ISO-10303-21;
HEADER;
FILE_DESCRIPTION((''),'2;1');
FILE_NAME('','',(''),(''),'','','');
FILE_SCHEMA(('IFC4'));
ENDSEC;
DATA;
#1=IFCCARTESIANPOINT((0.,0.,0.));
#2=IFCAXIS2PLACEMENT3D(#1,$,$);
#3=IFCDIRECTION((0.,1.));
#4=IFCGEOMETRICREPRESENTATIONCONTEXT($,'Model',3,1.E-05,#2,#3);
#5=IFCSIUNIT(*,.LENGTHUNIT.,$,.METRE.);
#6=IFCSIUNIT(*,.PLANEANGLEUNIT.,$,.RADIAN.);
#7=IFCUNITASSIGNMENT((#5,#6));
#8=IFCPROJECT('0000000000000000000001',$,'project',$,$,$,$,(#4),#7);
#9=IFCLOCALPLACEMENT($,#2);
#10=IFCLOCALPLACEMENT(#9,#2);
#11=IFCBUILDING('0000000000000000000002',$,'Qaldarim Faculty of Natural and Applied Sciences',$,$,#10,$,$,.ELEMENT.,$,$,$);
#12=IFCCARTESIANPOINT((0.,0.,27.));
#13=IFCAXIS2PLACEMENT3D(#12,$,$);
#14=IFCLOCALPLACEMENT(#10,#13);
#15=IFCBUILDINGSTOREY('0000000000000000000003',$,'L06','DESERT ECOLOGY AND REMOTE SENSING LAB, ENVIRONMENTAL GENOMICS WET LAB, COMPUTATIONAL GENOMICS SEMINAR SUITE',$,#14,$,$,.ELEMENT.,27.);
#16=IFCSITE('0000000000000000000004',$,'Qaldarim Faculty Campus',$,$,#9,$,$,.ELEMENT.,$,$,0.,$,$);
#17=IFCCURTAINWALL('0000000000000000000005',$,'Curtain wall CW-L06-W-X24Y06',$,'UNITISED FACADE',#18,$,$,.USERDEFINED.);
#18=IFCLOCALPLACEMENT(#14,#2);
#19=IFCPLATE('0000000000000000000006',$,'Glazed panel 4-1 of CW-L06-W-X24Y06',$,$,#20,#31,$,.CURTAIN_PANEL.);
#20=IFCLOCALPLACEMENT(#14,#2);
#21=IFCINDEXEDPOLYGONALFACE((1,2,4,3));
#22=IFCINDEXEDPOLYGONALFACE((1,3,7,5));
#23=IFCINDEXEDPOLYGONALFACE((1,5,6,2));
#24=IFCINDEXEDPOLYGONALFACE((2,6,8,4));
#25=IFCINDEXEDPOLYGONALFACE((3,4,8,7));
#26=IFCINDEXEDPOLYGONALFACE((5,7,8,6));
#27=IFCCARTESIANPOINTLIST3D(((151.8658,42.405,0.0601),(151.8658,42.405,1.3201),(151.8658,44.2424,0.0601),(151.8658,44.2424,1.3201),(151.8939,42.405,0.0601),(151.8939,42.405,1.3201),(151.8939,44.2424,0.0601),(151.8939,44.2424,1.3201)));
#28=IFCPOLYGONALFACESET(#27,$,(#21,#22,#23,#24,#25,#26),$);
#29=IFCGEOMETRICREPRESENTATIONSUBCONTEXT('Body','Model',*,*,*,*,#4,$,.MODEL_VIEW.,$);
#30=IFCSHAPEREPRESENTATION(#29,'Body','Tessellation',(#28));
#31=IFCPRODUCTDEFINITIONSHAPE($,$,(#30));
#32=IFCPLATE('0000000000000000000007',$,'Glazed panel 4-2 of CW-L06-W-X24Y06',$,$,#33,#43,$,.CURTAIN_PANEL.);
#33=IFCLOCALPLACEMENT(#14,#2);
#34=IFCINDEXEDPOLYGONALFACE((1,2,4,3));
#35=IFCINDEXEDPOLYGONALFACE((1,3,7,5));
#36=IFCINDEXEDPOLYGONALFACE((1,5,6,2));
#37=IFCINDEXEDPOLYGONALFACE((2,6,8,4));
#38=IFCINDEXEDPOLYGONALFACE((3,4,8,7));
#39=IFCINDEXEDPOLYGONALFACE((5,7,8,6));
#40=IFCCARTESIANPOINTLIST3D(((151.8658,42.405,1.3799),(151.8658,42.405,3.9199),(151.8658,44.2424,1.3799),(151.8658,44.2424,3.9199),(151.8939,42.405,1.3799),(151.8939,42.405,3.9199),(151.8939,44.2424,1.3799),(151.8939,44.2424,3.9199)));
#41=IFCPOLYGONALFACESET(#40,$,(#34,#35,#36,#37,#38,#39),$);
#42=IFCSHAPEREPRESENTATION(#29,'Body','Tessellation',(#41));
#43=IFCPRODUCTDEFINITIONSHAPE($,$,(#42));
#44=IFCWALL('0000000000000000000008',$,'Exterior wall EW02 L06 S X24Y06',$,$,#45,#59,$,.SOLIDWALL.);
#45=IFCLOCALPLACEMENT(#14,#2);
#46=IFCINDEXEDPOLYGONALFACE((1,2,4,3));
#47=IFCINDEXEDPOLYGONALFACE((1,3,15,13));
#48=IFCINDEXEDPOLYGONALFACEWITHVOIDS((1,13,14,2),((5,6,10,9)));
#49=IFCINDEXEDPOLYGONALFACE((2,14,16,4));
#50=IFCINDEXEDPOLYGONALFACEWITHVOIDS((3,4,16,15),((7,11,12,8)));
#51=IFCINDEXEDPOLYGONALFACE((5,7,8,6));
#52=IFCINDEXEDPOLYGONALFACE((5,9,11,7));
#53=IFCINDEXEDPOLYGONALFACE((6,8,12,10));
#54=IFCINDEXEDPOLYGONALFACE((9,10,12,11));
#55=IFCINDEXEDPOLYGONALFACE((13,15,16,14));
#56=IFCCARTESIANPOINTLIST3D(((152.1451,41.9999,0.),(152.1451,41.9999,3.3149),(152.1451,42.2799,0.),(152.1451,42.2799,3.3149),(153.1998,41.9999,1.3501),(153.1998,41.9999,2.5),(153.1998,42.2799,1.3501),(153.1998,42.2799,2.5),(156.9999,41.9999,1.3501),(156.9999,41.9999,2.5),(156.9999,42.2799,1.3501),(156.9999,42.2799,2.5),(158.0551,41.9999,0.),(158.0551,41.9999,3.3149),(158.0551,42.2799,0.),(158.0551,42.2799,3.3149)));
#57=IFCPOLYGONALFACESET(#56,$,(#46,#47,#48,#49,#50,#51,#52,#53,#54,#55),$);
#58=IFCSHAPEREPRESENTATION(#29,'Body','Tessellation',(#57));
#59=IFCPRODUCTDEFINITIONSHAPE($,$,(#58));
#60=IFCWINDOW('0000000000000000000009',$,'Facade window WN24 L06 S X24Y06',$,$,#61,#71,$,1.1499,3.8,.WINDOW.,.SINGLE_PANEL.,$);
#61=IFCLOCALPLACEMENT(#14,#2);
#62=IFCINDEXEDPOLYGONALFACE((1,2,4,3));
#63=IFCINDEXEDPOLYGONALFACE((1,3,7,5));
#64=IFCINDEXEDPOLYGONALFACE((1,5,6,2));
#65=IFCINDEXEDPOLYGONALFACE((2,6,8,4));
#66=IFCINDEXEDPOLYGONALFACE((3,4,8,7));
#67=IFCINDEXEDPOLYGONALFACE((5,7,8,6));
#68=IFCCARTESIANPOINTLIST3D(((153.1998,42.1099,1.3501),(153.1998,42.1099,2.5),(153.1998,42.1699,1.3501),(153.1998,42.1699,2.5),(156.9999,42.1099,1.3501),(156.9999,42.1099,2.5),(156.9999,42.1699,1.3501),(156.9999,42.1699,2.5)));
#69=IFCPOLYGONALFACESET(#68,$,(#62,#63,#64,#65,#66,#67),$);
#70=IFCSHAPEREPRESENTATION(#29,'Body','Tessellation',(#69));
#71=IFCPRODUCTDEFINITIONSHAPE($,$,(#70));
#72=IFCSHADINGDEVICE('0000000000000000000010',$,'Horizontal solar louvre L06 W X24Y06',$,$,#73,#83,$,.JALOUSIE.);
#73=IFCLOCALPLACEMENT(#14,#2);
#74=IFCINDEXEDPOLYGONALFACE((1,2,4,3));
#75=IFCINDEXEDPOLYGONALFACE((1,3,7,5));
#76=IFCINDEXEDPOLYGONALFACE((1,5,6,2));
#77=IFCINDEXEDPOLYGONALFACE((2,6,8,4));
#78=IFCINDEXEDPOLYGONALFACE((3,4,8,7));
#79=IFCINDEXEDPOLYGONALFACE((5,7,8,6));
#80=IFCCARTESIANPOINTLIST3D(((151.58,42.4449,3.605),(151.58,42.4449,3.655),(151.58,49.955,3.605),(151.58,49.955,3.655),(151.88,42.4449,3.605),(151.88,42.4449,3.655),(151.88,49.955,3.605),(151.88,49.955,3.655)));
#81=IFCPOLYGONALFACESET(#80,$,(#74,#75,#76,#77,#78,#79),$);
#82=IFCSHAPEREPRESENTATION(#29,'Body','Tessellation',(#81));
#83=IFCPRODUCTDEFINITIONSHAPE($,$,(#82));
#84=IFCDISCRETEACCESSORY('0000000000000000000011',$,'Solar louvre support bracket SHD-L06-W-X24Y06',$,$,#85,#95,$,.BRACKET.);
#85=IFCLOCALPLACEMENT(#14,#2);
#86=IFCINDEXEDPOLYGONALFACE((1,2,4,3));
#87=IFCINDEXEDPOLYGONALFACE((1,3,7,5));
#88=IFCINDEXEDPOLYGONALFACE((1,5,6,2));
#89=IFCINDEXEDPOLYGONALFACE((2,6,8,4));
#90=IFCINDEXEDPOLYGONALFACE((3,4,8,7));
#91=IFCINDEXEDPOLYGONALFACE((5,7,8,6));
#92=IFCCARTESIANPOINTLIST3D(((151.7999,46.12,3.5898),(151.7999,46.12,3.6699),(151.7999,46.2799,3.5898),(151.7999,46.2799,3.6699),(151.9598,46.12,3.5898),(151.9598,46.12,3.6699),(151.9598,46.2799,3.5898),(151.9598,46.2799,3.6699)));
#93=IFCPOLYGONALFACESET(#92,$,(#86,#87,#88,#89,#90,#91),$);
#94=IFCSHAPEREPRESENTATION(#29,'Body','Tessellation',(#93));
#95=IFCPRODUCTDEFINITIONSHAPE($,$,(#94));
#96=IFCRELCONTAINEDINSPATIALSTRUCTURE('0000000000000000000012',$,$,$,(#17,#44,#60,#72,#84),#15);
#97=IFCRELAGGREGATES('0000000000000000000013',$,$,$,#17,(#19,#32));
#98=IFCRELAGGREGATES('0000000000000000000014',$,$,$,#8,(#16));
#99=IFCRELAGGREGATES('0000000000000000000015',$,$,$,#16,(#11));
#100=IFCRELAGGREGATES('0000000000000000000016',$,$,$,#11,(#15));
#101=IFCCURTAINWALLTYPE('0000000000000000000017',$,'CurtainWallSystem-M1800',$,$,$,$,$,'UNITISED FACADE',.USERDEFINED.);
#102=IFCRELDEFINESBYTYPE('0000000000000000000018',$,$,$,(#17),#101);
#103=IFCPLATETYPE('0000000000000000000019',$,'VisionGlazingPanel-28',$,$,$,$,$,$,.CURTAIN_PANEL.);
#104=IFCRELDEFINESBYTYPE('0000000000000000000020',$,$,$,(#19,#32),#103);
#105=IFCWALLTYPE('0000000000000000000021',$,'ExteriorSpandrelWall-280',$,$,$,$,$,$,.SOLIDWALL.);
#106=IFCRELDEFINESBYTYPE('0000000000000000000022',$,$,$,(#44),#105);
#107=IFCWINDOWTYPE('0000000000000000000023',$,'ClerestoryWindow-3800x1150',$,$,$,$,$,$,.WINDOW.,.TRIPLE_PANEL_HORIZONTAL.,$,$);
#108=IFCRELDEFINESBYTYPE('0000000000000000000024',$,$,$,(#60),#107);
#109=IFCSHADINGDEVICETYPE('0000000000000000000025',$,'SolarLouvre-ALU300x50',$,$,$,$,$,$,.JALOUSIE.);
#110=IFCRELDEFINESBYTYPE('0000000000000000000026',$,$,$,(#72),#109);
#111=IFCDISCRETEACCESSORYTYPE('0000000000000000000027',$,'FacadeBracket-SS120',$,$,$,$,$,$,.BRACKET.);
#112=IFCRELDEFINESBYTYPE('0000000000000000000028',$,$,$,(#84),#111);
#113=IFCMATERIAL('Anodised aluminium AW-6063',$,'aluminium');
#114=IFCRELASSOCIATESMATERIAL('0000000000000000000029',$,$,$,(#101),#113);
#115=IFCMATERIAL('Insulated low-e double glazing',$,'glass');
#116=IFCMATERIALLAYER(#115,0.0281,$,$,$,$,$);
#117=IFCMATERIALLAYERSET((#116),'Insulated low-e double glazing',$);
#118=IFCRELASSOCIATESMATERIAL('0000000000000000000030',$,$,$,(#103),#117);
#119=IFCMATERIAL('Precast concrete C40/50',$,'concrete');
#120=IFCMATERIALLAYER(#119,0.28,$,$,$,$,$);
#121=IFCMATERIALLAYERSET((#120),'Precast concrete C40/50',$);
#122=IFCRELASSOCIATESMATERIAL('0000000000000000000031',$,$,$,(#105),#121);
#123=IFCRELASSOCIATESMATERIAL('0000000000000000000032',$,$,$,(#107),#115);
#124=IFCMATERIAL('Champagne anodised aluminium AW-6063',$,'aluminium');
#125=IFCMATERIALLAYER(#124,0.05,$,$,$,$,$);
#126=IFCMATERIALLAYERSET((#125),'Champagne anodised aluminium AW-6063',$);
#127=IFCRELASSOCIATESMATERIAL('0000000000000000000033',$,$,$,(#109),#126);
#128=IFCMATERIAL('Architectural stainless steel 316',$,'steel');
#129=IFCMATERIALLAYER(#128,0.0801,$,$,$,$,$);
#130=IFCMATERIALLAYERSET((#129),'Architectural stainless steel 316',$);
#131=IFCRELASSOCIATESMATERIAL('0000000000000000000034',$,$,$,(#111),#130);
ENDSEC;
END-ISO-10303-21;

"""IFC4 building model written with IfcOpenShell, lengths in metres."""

from ifc_helpers import new_model, si_unit, direction, frame, frame_2d, origin, origin_2d, place, context, subcontext, project, spatial, rectangle, extrude, material, layer, layer_set, type_object, element, fill, aggregate, save


model = new_model("IFC4")

# Units and contexts
model_context = context("Model", 3, precision=1e-05, world=origin(), true_north=direction((0.0, 1.0)))
body_context = subcontext(model_context, "Body", "Model", "MODEL_VIEW")
ifc_project = project(units=[si_unit("LENGTHUNIT", "METRE"), si_unit("PLANEANGLEUNIT", "RADIAN")], contexts=[model_context])

# Site, building, storey
site_placement = place(None, origin())
site = spatial("IfcSite", under=ifc_project, at=site_placement, Name="Qaldarim Faculty Campus", CompositionType="ELEMENT", RefElevation=0.0)
building_placement = place(site_placement, origin())
building = spatial("IfcBuilding", under=site, at=building_placement, Name="Qaldarim Faculty of Natural and Applied Sciences", CompositionType="ELEMENT")
storey_placement = place(building_placement, frame((0.0, 0.0, 27.0)))
storey = spatial("IfcBuildingStorey", under=building, at=storey_placement, Name="L06", Description="DESERT ECOLOGY AND REMOTE SENSING LAB, ENVIRONMENTAL GENOMICS WET LAB, COMPUTATIONAL GENOMICS SEMINAR SUITE", CompositionType="ELEMENT", Elevation=27.0)

# Curtain wall, plates
ifc_material_1 = material(Name="Anodised aluminium AW-6063", Category="aluminium")
curtain_wall_type = type_object("IfcCurtainWallType", Name="CurtainWallSystem-M1800", ElementType="UNITISED FACADE", PredefinedType="USERDEFINED", material=ifc_material_1)
curtain_wall_placement = place(storey_placement, origin())
curtain_wall = element("IfcCurtainWall", 1, at=curtain_wall_placement, inside=storey, type_object=curtain_wall_type, Name="Curtain wall CW-L06-W-X24Y06", ObjectType="UNITISED FACADE", PredefinedType="USERDEFINED")
ifc_material_2 = material(Name="Insulated low-e double glazing", Category="glass")
ifc_layer_1 = layer(ifc_material_2, 0.0281)
ifc_layer_set_1 = layer_set([ifc_layer_1], Name="Insulated low-e double glazing")
plate_type = type_object("IfcPlateType", Name="VisionGlazingPanel-28", PredefinedType="CURTAIN_PANEL", material=ifc_layer_set_1)
plate_1_placement = place(storey_placement, frame((151.8799, 43.3237, 0.0601), z_axis=(0.0, 0.0, 1.0), x_axis=(0.0, -1.0, 0.0)))
plate_1 = element("IfcPlate", 2, at=plate_1_placement, type_object=plate_type, Name="Glazed panel 4-1 of CW-L06-W-X24Y06", PredefinedType="CURTAIN_PANEL", context=body_context, shape_type="SweptSolid", body=[
    extrude(rectangle(XDim=1.8374, YDim=0.0281, at=origin_2d()), origin(), (0.0, 0.0, 1.0), 1.26),
])
plate_2_placement = place(storey_placement, frame((151.8799, 43.3237, 1.3799), z_axis=(0.0, 0.0, 1.0), x_axis=(0.0, -1.0, 0.0)))
plate_2 = element("IfcPlate", 3, at=plate_2_placement, type_object=plate_type, Name="Glazed panel 4-2 of CW-L06-W-X24Y06", PredefinedType="CURTAIN_PANEL", context=body_context, shape_type="SweptSolid", body=[
    extrude(rectangle(XDim=1.8374, YDim=0.0281, at=origin_2d()), origin(), (0.0, 0.0, 1.0), 2.54),
])
aggregate(curtain_wall, [plate_1, plate_2])

# Wall, opening, window
ifc_material_3 = material(Name="Precast concrete C40/50", Category="concrete")
ifc_layer_2 = layer(ifc_material_3, 0.28)
ifc_layer_set_2 = layer_set([ifc_layer_2], Name="Precast concrete C40/50")
wall_type = type_object("IfcWallType", Name="ExteriorSpandrelWall-280", PredefinedType="SOLIDWALL", material=ifc_layer_set_2)
wall_placement = place(storey_placement, frame((152.145, 42.1399, 0.0), z_axis=(0.0, 0.0, 1.0), x_axis=(1.0, 0.0, 0.0)))
wall = element("IfcWall", 4, at=wall_placement, inside=storey, type_object=wall_type, Name="Exterior wall EW02 L06 S X24Y06", PredefinedType="SOLIDWALL", context=body_context, shape_type="SweptSolid", body=[
    extrude(rectangle(XDim=5.9099, YDim=0.28, at=frame_2d((2.9551, 0.0))), origin(), (0.0, 0.0, 1.0), 3.3149),
])
opening_placement = place(wall_placement, frame((1.0549, 0.0, 1.3501)))
opening = element("IfcOpeningElement", 5, at=opening_placement, cuts=wall, PredefinedType="OPENING", context=body_context, shape_type="SweptSolid", body=[
    extrude(rectangle(XDim=3.8, YDim=1.1499, at=frame_2d((1.8999, 0.575))), frame((0.0, 0.1499, 0.0), z_axis=(0.0, -1.0, 0.0), x_axis=(1.0, 0.0, 0.0)), (0.0, 0.0, 1.0), 0.3),
])
window_type = type_object("IfcWindowType", Name="ClerestoryWindow-3800x1150", PartitioningType="TRIPLE_PANEL_HORIZONTAL", PredefinedType="WINDOW", material=ifc_material_2)
window_placement = place(opening_placement, origin())
window = element("IfcWindow", 6, at=window_placement, inside=storey, type_object=window_type, Name="Facade window WN24 L06 S X24Y06", OverallHeight=1.1499, OverallWidth=3.8, PartitioningType="SINGLE_PANEL", PredefinedType="WINDOW", context=body_context, shape_type="SweptSolid", body=[
    extrude(rectangle(XDim=3.8, YDim=1.1499, at=frame_2d((1.8999, 0.575))), frame((0.0, 0.03, 0.0), z_axis=(0.0, -1.0, 0.0), x_axis=(1.0, 0.0, 0.0)), (0.0, 0.0, 1.0), 0.0601),
])
fill(opening, window)

# Shading device
ifc_material_4 = material(Name="Champagne anodised aluminium AW-6063", Category="aluminium")
ifc_layer_3 = layer(ifc_material_4, 0.05)
ifc_layer_set_3 = layer_set([ifc_layer_3], Name="Champagne anodised aluminium AW-6063")
shading_device_type = type_object("IfcShadingDeviceType", Name="SolarLouvre-ALU300x50", PredefinedType="JALOUSIE", material=ifc_layer_set_3)
shading_device_placement = place(storey_placement, frame((151.73, 46.2, 3.605), z_axis=(0.0, 0.0, 1.0), x_axis=(0.0, 1.0, 0.0)))
element("IfcShadingDevice", 7, at=shading_device_placement, inside=storey, type_object=shading_device_type, Name="Horizontal solar louvre L06 W X24Y06", PredefinedType="JALOUSIE", context=body_context, shape_type="SweptSolid", body=[
    extrude(rectangle(XDim=7.51, YDim=0.3, at=origin_2d()), origin(), (0.0, 0.0, 1.0), 0.05),
])

# Discrete accessory
ifc_material_5 = material(Name="Architectural stainless steel 316", Category="steel")
ifc_layer_4 = layer(ifc_material_5, 0.0801)
ifc_layer_set_4 = layer_set([ifc_layer_4], Name="Architectural stainless steel 316")
discrete_accessory_type = type_object("IfcDiscreteAccessoryType", Name="FacadeBracket-SS120", PredefinedType="BRACKET", material=ifc_layer_set_4)
discrete_accessory_placement = place(storey_placement, frame((151.8799, 46.2, 3.5898), z_axis=(0.0, 0.0, 1.0), x_axis=(0.0, 1.0, 0.0)))
element("IfcDiscreteAccessory", 8, at=discrete_accessory_placement, inside=storey, type_object=discrete_accessory_type, Name="Solar louvre support bracket SHD-L06-W-X24Y06", PredefinedType="BRACKET", context=body_context, shape_type="SweptSolid", body=[
    extrude(rectangle(XDim=0.1599, YDim=0.1599, at=origin_2d()), origin(), (0.0, 0.0, 1.0), 0.0801),
])

save(model, "model.ifc")
